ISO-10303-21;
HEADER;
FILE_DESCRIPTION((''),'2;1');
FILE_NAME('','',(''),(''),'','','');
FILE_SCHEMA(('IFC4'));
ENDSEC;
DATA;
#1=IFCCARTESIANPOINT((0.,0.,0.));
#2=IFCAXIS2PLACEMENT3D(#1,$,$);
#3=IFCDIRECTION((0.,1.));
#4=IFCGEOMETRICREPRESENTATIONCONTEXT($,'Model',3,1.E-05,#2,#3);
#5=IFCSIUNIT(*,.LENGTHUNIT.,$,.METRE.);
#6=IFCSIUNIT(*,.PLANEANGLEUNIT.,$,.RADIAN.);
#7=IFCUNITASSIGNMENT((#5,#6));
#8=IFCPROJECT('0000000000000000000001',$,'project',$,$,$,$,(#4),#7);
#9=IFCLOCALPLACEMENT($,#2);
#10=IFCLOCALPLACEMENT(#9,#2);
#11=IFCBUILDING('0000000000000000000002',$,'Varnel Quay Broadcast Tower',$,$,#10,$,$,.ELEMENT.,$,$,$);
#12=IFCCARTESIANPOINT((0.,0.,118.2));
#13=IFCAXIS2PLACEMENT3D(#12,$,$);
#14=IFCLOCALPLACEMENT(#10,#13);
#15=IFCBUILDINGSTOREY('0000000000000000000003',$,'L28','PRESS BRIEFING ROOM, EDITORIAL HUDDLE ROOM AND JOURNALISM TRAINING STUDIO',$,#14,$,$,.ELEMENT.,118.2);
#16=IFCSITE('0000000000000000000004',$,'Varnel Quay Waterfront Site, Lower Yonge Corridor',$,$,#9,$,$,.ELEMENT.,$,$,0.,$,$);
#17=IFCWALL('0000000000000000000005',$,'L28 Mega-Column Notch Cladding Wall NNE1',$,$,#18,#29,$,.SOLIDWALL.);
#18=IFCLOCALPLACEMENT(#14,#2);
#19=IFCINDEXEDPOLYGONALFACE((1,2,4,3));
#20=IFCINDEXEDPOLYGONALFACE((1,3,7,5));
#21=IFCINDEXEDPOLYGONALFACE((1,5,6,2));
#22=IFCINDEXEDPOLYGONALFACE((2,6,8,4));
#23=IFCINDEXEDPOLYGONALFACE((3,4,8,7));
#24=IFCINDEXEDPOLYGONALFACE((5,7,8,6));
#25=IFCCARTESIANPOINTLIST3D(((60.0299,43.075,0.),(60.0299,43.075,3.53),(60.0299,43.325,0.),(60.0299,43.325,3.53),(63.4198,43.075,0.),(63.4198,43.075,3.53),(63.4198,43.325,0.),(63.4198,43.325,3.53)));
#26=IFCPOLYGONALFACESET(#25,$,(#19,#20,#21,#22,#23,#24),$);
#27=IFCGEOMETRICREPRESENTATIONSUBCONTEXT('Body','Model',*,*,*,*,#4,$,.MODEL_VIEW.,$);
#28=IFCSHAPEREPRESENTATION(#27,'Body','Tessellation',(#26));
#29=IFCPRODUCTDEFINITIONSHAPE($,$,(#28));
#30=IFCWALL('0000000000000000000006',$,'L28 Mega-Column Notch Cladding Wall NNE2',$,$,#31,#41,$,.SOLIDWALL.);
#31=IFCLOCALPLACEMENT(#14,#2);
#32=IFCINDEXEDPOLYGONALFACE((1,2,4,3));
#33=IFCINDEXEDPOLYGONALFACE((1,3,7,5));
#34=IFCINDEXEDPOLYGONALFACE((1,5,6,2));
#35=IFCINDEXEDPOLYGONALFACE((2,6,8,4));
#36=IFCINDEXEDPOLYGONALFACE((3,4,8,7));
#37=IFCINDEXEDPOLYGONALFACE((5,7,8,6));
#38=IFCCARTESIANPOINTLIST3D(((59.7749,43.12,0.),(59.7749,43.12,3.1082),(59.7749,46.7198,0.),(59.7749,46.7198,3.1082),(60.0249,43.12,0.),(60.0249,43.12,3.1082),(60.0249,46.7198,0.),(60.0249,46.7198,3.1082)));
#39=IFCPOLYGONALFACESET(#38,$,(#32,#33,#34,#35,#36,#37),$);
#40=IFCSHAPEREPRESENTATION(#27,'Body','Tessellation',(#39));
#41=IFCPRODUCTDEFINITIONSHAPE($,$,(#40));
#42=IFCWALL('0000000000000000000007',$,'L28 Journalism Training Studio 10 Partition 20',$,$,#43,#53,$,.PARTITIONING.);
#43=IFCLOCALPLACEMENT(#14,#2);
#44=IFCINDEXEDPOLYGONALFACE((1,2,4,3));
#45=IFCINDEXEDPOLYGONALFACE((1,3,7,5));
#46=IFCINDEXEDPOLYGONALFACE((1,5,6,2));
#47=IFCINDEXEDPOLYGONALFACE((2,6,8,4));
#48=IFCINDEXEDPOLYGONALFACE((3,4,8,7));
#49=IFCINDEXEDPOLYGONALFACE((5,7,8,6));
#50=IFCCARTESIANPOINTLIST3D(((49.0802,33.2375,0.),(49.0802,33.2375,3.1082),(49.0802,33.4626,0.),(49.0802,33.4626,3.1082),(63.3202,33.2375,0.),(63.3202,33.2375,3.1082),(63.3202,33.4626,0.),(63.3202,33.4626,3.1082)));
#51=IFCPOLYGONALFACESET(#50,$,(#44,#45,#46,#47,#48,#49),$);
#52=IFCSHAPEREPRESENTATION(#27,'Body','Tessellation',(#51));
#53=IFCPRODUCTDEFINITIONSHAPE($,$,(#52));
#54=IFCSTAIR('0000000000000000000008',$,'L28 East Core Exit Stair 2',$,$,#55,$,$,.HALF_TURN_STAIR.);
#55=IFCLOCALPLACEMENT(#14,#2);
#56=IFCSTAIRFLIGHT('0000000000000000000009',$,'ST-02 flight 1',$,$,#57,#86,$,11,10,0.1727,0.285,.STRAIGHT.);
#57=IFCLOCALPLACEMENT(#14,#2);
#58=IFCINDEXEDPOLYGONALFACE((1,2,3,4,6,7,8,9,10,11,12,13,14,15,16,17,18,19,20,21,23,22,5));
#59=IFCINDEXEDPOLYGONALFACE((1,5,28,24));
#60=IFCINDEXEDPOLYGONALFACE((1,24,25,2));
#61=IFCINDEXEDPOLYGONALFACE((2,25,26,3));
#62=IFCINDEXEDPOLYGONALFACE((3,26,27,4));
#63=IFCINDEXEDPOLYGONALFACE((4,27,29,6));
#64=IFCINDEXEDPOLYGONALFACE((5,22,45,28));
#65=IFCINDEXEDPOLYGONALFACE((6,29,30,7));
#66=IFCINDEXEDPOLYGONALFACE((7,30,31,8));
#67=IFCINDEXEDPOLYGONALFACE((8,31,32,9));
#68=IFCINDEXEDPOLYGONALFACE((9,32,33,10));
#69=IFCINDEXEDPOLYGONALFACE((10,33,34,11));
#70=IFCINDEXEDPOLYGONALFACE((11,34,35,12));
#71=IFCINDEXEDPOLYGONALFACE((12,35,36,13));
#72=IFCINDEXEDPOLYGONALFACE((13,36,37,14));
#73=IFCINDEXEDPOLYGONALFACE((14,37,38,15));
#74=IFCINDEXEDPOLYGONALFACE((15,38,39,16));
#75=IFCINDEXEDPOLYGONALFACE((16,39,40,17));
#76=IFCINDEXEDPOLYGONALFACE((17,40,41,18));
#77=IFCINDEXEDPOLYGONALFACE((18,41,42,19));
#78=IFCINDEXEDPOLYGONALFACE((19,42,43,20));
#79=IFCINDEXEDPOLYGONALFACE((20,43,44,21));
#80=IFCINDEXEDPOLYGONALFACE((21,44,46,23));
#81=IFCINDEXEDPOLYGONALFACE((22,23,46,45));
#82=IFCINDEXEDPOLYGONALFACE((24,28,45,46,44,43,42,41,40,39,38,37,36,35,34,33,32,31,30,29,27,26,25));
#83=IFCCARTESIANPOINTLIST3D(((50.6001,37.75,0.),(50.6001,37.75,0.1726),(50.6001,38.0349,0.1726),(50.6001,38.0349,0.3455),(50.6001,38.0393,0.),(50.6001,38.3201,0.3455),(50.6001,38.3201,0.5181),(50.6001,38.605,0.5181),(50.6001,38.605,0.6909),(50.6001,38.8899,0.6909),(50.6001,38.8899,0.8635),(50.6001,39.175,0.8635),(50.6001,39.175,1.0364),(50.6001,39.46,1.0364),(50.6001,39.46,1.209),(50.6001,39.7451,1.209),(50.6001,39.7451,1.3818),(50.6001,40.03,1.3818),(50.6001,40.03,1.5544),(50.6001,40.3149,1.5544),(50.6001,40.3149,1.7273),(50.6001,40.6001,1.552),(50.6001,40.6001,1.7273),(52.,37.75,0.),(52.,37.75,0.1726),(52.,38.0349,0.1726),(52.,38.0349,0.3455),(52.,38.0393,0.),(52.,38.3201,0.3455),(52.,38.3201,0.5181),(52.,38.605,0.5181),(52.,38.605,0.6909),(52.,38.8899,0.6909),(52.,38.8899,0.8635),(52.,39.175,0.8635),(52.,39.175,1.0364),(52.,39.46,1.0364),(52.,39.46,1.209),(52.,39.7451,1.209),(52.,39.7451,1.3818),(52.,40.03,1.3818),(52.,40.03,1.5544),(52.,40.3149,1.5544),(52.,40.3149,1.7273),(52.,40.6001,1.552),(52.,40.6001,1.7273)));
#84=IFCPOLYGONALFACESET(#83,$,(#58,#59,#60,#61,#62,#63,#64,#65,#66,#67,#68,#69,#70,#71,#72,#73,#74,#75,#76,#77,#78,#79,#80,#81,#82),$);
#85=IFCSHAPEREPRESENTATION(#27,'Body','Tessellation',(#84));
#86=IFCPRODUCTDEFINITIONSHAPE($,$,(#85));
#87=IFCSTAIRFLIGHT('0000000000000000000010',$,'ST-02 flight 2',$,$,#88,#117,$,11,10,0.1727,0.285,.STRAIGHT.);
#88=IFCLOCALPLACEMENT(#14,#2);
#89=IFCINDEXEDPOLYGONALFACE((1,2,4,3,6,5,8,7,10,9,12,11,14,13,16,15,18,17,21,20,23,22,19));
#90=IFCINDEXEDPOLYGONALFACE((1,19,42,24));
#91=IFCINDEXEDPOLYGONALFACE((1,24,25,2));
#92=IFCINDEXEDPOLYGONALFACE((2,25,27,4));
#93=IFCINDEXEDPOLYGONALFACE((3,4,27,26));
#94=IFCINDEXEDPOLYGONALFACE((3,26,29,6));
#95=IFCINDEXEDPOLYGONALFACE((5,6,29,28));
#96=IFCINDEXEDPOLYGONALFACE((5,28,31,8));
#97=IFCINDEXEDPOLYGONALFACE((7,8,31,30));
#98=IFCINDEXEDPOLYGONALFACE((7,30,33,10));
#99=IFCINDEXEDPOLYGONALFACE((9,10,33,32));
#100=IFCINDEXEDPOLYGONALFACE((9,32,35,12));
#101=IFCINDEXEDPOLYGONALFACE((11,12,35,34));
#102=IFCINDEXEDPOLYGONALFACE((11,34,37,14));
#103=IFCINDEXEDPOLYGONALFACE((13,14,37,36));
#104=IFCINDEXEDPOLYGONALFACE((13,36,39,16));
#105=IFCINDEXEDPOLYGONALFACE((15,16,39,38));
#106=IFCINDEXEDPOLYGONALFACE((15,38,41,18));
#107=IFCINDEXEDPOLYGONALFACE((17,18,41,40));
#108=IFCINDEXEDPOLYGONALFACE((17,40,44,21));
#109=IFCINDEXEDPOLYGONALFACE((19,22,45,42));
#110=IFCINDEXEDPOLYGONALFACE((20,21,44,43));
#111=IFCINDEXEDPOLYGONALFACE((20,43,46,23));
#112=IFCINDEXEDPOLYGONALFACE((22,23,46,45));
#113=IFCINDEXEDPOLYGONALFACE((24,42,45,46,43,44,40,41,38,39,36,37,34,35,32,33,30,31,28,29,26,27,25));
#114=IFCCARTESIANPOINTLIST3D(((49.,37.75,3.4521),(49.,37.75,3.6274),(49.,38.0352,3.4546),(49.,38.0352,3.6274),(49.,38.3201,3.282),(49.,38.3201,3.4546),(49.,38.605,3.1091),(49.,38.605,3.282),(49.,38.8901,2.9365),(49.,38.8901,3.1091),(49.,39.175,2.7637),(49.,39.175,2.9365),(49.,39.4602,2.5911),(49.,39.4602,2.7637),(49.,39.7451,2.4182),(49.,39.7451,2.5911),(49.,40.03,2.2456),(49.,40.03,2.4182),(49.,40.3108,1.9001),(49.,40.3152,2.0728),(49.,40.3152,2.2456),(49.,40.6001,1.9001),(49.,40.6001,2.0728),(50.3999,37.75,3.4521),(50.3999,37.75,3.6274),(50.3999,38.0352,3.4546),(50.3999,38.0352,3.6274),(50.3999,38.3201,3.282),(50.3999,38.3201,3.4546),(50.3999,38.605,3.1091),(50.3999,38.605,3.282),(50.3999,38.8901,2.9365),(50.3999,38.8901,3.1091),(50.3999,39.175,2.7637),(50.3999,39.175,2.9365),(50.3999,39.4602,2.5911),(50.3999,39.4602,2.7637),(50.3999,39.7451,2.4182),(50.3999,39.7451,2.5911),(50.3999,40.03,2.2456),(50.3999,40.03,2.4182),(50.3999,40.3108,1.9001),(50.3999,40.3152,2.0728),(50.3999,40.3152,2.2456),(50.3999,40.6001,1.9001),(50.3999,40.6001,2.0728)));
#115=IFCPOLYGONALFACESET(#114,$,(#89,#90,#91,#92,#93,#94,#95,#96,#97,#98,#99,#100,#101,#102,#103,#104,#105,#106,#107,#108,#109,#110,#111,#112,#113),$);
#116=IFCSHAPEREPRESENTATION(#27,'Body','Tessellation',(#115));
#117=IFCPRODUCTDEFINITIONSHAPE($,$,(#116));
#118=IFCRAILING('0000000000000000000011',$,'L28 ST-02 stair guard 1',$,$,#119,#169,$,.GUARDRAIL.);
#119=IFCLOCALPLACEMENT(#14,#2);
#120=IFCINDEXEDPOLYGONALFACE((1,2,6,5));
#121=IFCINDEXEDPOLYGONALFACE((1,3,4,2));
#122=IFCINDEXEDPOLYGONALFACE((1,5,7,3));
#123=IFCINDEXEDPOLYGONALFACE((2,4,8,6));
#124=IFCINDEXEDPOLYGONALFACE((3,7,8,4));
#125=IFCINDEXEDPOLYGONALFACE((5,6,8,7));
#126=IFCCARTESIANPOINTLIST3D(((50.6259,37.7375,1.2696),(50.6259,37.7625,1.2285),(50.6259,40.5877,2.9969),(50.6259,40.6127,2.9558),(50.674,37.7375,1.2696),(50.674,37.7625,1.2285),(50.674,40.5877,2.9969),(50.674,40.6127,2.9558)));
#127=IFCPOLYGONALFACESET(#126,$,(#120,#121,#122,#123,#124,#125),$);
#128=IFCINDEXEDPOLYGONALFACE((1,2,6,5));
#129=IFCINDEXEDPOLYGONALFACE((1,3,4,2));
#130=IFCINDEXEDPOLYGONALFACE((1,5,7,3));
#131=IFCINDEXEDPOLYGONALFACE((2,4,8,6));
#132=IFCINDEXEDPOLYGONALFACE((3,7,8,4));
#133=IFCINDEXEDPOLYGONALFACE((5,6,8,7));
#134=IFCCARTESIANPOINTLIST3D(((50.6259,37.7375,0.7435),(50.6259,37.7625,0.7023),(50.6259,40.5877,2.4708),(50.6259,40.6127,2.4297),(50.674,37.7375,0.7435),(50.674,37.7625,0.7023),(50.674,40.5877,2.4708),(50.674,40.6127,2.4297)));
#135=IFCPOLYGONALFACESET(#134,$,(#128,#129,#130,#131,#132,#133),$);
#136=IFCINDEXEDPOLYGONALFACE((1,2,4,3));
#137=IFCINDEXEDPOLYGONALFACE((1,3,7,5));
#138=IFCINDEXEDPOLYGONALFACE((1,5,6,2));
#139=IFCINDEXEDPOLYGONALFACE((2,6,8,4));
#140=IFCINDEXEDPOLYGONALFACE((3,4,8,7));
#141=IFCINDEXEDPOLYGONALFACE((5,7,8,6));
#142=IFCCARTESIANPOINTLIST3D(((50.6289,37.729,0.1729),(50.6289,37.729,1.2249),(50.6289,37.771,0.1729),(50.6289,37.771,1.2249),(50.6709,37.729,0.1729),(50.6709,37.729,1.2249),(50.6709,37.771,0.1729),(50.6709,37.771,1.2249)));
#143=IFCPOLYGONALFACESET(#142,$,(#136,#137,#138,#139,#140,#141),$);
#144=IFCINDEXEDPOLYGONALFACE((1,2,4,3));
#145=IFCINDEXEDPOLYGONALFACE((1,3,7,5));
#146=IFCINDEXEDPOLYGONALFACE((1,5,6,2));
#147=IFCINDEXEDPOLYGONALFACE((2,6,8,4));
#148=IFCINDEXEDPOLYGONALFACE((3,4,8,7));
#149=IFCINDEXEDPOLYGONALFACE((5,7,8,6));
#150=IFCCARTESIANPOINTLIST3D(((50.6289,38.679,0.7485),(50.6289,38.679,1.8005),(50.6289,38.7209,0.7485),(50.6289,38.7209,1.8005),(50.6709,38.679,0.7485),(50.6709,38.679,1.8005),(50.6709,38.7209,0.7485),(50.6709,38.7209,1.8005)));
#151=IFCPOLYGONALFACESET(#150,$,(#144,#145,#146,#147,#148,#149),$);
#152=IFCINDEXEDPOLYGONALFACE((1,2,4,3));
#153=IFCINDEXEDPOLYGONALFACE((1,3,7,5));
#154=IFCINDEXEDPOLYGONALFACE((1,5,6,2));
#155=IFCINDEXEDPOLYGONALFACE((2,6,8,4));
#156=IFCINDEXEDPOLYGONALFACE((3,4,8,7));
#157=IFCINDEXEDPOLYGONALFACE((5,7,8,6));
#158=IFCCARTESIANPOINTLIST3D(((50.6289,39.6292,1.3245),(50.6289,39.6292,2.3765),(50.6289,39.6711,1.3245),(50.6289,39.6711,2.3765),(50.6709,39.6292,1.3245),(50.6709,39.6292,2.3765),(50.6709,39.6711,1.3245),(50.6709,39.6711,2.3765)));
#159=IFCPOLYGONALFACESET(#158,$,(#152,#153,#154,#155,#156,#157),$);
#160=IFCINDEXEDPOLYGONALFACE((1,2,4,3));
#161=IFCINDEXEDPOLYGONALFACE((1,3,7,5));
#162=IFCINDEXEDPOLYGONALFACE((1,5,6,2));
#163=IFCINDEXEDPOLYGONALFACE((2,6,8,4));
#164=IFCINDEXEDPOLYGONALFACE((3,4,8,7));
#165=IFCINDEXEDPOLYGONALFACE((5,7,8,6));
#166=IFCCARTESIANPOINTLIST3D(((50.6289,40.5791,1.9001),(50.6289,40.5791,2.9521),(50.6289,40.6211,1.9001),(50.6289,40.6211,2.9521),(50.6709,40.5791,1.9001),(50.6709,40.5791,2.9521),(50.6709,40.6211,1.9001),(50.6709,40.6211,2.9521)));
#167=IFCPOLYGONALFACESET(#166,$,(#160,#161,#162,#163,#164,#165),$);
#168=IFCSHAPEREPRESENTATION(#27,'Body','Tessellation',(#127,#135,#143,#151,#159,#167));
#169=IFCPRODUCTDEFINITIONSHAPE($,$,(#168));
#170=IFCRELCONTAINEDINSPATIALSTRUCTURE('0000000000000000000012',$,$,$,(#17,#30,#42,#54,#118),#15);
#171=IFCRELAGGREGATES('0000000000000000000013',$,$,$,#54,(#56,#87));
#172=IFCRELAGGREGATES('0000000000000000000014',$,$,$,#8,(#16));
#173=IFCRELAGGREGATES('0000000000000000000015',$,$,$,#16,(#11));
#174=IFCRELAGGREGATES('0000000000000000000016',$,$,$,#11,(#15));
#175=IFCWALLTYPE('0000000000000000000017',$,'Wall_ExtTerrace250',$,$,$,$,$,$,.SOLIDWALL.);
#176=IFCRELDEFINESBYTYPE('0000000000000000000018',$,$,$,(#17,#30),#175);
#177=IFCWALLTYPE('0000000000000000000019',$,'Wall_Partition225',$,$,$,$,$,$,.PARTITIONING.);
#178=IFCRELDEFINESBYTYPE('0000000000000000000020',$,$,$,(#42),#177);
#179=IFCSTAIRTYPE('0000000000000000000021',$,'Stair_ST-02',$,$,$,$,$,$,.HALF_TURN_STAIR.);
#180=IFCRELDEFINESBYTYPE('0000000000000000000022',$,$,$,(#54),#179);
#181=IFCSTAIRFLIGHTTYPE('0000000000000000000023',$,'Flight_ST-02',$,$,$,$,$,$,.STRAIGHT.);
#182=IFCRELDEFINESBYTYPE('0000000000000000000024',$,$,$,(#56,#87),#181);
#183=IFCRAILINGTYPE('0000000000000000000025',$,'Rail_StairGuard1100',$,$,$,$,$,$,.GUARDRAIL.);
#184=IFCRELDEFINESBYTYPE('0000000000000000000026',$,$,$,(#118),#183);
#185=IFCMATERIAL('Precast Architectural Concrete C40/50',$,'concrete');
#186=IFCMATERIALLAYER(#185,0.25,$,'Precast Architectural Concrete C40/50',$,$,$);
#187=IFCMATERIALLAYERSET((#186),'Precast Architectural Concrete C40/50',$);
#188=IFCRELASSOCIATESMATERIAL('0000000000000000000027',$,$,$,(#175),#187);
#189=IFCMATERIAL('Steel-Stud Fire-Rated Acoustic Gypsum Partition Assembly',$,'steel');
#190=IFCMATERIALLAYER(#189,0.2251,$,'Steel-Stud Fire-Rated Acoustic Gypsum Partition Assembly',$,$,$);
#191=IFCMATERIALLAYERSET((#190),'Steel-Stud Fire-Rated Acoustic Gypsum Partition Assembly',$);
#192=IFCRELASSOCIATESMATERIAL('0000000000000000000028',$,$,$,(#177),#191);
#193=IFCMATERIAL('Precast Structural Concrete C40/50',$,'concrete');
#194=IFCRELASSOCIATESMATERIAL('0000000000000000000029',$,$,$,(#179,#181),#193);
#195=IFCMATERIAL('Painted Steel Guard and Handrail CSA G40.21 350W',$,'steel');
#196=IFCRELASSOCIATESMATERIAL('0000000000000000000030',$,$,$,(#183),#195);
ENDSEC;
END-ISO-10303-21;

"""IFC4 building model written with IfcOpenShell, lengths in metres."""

from ifc_helpers import new_model, si_unit, direction, frame, frame_2d, origin, origin_2d, place, context, subcontext, project, spatial, polyline, rectangle, outline, extrude, material, layer, layer_set, type_object, element, aggregate, save


model = new_model("IFC4")

# Units and contexts
model_context = context("Model", 3, precision=1e-05, world=origin(), true_north=direction((0.0, 1.0)))
body_context = subcontext(model_context, "Body", "Model", "MODEL_VIEW")
ifc_project = project(units=[si_unit("LENGTHUNIT", "METRE"), si_unit("PLANEANGLEUNIT", "RADIAN")], contexts=[model_context])

# Site, building, storey
site_placement = place(None, origin())
site = spatial("IfcSite", under=ifc_project, at=site_placement, Name="Varnel Quay Waterfront Site, Lower Yonge Corridor", CompositionType="ELEMENT", RefElevation=0.0)
building_placement = place(site_placement, origin())
building = spatial("IfcBuilding", under=site, at=building_placement, Name="Varnel Quay Broadcast Tower", CompositionType="ELEMENT")
storey_placement = place(building_placement, frame((0.0, 0.0, 118.2)))
storey = spatial("IfcBuildingStorey", under=building, at=storey_placement, Name="L28", Description="PRESS BRIEFING ROOM, EDITORIAL HUDDLE ROOM AND JOURNALISM TRAINING STUDIO", CompositionType="ELEMENT", Elevation=118.2)

# Walls
ifc_material_1 = material(Name="Precast Architectural Concrete C40/50", Category="concrete")
ifc_layer_1 = layer(ifc_material_1, 0.25, Name="Precast Architectural Concrete C40/50")
ifc_layer_set_1 = layer_set([ifc_layer_1], Name="Precast Architectural Concrete C40/50")
wall_type_1 = type_object("IfcWallType", Name="Wall_ExtTerrace250", PredefinedType="SOLIDWALL", material=ifc_layer_set_1)
wall_1_placement = place(storey_placement, frame((60.03, 43.2, 0.0), z_axis=(0.0, 0.0, 1.0), x_axis=(1.0, 0.0, 0.0)))
element("IfcWall", 1, at=wall_1_placement, inside=storey, type_object=wall_type_1, Name="L28 Mega-Column Notch Cladding Wall NNE1", PredefinedType="SOLIDWALL", context=body_context, shape_type="SweptSolid", body=[
    extrude(rectangle(XDim=3.3899, YDim=0.25, at=frame_2d((1.6948, 0.0))), origin(), (0.0, 0.0, 1.0), 3.53),
])
wall_2_placement = place(storey_placement, frame((59.8999, 43.1201, 0.0), z_axis=(0.0, 0.0, 1.0), x_axis=(0.0, 1.0, 0.0)))
element("IfcWall", 2, at=wall_2_placement, inside=storey, type_object=wall_type_1, Name="L28 Mega-Column Notch Cladding Wall NNE2", PredefinedType="SOLIDWALL", context=body_context, shape_type="SweptSolid", body=[
    extrude(rectangle(XDim=3.5999, YDim=0.25, at=frame_2d((1.7998, 0.0))), origin(), (0.0, 0.0, 1.0), 3.1082),
])
ifc_material_2 = material(Name="Steel-Stud Fire-Rated Acoustic Gypsum Partition Assembly", Category="steel")
ifc_layer_2 = layer(ifc_material_2, 0.2251, Name="Steel-Stud Fire-Rated Acoustic Gypsum Partition Assembly")
ifc_layer_set_2 = layer_set([ifc_layer_2], Name="Steel-Stud Fire-Rated Acoustic Gypsum Partition Assembly")
wall_type_2 = type_object("IfcWallType", Name="Wall_Partition225", PredefinedType="PARTITIONING", material=ifc_layer_set_2)
wall_3_placement = place(storey_placement, frame((49.0801, 33.3501, 0.0), z_axis=(0.0, 0.0, 1.0), x_axis=(1.0, 0.0, 0.0)))
element("IfcWall", 3, at=wall_3_placement, inside=storey, type_object=wall_type_2, Name="L28 Journalism Training Studio 10 Partition 20", PredefinedType="PARTITIONING", context=body_context, shape_type="SweptSolid", body=[
    extrude(rectangle(XDim=14.24, YDim=0.2251, at=frame_2d((7.1201, 0.0))), origin(), (0.0, 0.0, 1.0), 3.1082),
])

# Stair, stair flights
ifc_material_3 = material(Name="Precast Structural Concrete C40/50", Category="concrete")
stair_type = type_object("IfcStairType", Name="Stair_ST-02", PredefinedType="HALF_TURN_STAIR", material=ifc_material_3)
stair_placement = place(storey_placement, origin())
stair = element("IfcStair", 4, at=stair_placement, inside=storey, type_object=stair_type, Name="L28 East Core Exit Stair 2", PredefinedType="HALF_TURN_STAIR")
stair_flight_type = type_object("IfcStairFlightType", Name="Flight_ST-02", PredefinedType="STRAIGHT", material=ifc_material_3)
stair_flight_1_placement = place(storey_placement, frame((51.3, 37.75, 0.0), z_axis=(0.0, 0.0, 1.0), x_axis=(0.0, 1.0, 0.0)))
stair_flight_1 = element("IfcStairFlight", 5, at=stair_flight_1_placement, type_object=stair_flight_type, Name="ST-02 flight 1", NumberOfRisers=11, NumberOfTreads=10, PredefinedType="STRAIGHT", RiserHeight=0.1727, TreadLength=0.285, context=body_context, shape_type="SweptSolid", body=[
    extrude(outline(polyline([(0.0, 0.0), (0.0, 0.1726), (0.2849, 0.1726), (0.2849, 0.3455), (0.5701, 0.3455), (0.5701, 0.5181), (0.855, 0.5181), (0.855, 0.6909), (1.1399, 0.6909), (1.1399, 0.8635), (1.425, 0.8635), (1.425, 1.0364), (1.71, 1.0364), (1.71, 1.209), (1.9951, 1.209), (1.9951, 1.3818), (2.28, 1.3818), (2.28, 1.5544), (2.5649, 1.5544), (2.5649, 1.7273), (2.8501, 1.7273), (2.8501, 1.8999), (2.8501, 1.552), (0.2893, 0.0), (0.0, 0.0)])), frame((0.0, 0.7, 0.0), z_axis=(0.0, -1.0, 0.0), x_axis=(1.0, 0.0, 0.0)), (0.0, 0.0, 1.0), 1.3999),
])
stair_flight_2_placement = place(storey_placement, frame((49.7, 40.6001, 1.9001), z_axis=(0.0, 0.0, 1.0), x_axis=(0.0, -1.0, 0.0)))
stair_flight_2 = element("IfcStairFlight", 6, at=stair_flight_2_placement, type_object=stair_flight_type, Name="ST-02 flight 2", NumberOfRisers=11, NumberOfTreads=10, PredefinedType="STRAIGHT", RiserHeight=0.1727, TreadLength=0.285, context=body_context, shape_type="SweptSolid", body=[
    extrude(outline(polyline([(0.0, 0.0), (0.0, 0.1726), (0.2849, 0.1726), (0.2849, 0.3455), (0.5701, 0.3455), (0.5701, 0.5181), (0.855, 0.5181), (0.855, 0.6909), (1.1399, 0.6909), (1.1399, 0.8635), (1.425, 0.8635), (1.425, 1.0364), (1.71, 1.0364), (1.71, 1.209), (1.9951, 1.209), (1.9951, 1.3818), (2.28, 1.3818), (2.28, 1.5544), (2.5649, 1.5544), (2.5649, 1.7273), (2.8501, 1.7273), (2.8501, 1.8999), (2.8501, 1.552), (0.2893, 0.0), (0.0, 0.0)])), frame((0.0, 0.7, 0.0), z_axis=(0.0, -1.0, 0.0), x_axis=(1.0, 0.0, 0.0)), (0.0, 0.0, 1.0), 1.3999),
])
aggregate(stair, [stair_flight_1, stair_flight_2])

# Railing
ifc_material_4 = material(Name="Painted Steel Guard and Handrail CSA G40.21 350W", Category="steel")
railing_type_1 = type_object("IfcRailingType", Name="Rail_StairGuard1100", PredefinedType="GUARDRAIL", material=ifc_material_4)
railing_1_placement = place(storey_placement, frame((50.6499, 37.75, 0.1729)))
element("IfcRailing", 7, at=railing_1_placement, inside=storey, type_object=railing_type_1, Name="L28 ST-02 stair guard 1", PredefinedType="GUARDRAIL", context=body_context, shape_type="SweptSolid", body=[
    extrude(rectangle(XDim=0.0481, YDim=0.0481, at=origin_2d()), frame((0.0, 0.0, 1.0762), z_axis=(0.0, 0.855203, 0.518294), x_axis=(-1.0, 0.0, 0.0)), (0.0, 0.0, 1.0), 3.3328),
    extrude(rectangle(XDim=0.0481, YDim=0.0481, at=origin_2d()), frame((0.0, 0.0, 0.55), z_axis=(0.0, 0.855203, 0.518294), x_axis=(-1.0, 0.0, 0.0)), (0.0, 0.0, 1.0), 3.3328),
    extrude(rectangle(XDim=0.042, YDim=0.042, at=origin_2d()), origin(), (0.0, 0.0, 1.0), 1.052),
    extrude(rectangle(XDim=0.042, YDim=0.042, at=origin_2d()), frame((0.0, 0.95, 0.5757)), (0.0, 0.0, 1.0), 1.052),
    extrude(rectangle(XDim=0.042, YDim=0.042, at=origin_2d()), frame((0.0, 1.9001, 1.1516)), (0.0, 0.0, 1.0), 1.052),
    extrude(rectangle(XDim=0.042, YDim=0.042, at=origin_2d()), frame((0.0, 2.8501, 1.7273)), (0.0, 0.0, 1.0), 1.052),
])

save(model, "model.ifc")
